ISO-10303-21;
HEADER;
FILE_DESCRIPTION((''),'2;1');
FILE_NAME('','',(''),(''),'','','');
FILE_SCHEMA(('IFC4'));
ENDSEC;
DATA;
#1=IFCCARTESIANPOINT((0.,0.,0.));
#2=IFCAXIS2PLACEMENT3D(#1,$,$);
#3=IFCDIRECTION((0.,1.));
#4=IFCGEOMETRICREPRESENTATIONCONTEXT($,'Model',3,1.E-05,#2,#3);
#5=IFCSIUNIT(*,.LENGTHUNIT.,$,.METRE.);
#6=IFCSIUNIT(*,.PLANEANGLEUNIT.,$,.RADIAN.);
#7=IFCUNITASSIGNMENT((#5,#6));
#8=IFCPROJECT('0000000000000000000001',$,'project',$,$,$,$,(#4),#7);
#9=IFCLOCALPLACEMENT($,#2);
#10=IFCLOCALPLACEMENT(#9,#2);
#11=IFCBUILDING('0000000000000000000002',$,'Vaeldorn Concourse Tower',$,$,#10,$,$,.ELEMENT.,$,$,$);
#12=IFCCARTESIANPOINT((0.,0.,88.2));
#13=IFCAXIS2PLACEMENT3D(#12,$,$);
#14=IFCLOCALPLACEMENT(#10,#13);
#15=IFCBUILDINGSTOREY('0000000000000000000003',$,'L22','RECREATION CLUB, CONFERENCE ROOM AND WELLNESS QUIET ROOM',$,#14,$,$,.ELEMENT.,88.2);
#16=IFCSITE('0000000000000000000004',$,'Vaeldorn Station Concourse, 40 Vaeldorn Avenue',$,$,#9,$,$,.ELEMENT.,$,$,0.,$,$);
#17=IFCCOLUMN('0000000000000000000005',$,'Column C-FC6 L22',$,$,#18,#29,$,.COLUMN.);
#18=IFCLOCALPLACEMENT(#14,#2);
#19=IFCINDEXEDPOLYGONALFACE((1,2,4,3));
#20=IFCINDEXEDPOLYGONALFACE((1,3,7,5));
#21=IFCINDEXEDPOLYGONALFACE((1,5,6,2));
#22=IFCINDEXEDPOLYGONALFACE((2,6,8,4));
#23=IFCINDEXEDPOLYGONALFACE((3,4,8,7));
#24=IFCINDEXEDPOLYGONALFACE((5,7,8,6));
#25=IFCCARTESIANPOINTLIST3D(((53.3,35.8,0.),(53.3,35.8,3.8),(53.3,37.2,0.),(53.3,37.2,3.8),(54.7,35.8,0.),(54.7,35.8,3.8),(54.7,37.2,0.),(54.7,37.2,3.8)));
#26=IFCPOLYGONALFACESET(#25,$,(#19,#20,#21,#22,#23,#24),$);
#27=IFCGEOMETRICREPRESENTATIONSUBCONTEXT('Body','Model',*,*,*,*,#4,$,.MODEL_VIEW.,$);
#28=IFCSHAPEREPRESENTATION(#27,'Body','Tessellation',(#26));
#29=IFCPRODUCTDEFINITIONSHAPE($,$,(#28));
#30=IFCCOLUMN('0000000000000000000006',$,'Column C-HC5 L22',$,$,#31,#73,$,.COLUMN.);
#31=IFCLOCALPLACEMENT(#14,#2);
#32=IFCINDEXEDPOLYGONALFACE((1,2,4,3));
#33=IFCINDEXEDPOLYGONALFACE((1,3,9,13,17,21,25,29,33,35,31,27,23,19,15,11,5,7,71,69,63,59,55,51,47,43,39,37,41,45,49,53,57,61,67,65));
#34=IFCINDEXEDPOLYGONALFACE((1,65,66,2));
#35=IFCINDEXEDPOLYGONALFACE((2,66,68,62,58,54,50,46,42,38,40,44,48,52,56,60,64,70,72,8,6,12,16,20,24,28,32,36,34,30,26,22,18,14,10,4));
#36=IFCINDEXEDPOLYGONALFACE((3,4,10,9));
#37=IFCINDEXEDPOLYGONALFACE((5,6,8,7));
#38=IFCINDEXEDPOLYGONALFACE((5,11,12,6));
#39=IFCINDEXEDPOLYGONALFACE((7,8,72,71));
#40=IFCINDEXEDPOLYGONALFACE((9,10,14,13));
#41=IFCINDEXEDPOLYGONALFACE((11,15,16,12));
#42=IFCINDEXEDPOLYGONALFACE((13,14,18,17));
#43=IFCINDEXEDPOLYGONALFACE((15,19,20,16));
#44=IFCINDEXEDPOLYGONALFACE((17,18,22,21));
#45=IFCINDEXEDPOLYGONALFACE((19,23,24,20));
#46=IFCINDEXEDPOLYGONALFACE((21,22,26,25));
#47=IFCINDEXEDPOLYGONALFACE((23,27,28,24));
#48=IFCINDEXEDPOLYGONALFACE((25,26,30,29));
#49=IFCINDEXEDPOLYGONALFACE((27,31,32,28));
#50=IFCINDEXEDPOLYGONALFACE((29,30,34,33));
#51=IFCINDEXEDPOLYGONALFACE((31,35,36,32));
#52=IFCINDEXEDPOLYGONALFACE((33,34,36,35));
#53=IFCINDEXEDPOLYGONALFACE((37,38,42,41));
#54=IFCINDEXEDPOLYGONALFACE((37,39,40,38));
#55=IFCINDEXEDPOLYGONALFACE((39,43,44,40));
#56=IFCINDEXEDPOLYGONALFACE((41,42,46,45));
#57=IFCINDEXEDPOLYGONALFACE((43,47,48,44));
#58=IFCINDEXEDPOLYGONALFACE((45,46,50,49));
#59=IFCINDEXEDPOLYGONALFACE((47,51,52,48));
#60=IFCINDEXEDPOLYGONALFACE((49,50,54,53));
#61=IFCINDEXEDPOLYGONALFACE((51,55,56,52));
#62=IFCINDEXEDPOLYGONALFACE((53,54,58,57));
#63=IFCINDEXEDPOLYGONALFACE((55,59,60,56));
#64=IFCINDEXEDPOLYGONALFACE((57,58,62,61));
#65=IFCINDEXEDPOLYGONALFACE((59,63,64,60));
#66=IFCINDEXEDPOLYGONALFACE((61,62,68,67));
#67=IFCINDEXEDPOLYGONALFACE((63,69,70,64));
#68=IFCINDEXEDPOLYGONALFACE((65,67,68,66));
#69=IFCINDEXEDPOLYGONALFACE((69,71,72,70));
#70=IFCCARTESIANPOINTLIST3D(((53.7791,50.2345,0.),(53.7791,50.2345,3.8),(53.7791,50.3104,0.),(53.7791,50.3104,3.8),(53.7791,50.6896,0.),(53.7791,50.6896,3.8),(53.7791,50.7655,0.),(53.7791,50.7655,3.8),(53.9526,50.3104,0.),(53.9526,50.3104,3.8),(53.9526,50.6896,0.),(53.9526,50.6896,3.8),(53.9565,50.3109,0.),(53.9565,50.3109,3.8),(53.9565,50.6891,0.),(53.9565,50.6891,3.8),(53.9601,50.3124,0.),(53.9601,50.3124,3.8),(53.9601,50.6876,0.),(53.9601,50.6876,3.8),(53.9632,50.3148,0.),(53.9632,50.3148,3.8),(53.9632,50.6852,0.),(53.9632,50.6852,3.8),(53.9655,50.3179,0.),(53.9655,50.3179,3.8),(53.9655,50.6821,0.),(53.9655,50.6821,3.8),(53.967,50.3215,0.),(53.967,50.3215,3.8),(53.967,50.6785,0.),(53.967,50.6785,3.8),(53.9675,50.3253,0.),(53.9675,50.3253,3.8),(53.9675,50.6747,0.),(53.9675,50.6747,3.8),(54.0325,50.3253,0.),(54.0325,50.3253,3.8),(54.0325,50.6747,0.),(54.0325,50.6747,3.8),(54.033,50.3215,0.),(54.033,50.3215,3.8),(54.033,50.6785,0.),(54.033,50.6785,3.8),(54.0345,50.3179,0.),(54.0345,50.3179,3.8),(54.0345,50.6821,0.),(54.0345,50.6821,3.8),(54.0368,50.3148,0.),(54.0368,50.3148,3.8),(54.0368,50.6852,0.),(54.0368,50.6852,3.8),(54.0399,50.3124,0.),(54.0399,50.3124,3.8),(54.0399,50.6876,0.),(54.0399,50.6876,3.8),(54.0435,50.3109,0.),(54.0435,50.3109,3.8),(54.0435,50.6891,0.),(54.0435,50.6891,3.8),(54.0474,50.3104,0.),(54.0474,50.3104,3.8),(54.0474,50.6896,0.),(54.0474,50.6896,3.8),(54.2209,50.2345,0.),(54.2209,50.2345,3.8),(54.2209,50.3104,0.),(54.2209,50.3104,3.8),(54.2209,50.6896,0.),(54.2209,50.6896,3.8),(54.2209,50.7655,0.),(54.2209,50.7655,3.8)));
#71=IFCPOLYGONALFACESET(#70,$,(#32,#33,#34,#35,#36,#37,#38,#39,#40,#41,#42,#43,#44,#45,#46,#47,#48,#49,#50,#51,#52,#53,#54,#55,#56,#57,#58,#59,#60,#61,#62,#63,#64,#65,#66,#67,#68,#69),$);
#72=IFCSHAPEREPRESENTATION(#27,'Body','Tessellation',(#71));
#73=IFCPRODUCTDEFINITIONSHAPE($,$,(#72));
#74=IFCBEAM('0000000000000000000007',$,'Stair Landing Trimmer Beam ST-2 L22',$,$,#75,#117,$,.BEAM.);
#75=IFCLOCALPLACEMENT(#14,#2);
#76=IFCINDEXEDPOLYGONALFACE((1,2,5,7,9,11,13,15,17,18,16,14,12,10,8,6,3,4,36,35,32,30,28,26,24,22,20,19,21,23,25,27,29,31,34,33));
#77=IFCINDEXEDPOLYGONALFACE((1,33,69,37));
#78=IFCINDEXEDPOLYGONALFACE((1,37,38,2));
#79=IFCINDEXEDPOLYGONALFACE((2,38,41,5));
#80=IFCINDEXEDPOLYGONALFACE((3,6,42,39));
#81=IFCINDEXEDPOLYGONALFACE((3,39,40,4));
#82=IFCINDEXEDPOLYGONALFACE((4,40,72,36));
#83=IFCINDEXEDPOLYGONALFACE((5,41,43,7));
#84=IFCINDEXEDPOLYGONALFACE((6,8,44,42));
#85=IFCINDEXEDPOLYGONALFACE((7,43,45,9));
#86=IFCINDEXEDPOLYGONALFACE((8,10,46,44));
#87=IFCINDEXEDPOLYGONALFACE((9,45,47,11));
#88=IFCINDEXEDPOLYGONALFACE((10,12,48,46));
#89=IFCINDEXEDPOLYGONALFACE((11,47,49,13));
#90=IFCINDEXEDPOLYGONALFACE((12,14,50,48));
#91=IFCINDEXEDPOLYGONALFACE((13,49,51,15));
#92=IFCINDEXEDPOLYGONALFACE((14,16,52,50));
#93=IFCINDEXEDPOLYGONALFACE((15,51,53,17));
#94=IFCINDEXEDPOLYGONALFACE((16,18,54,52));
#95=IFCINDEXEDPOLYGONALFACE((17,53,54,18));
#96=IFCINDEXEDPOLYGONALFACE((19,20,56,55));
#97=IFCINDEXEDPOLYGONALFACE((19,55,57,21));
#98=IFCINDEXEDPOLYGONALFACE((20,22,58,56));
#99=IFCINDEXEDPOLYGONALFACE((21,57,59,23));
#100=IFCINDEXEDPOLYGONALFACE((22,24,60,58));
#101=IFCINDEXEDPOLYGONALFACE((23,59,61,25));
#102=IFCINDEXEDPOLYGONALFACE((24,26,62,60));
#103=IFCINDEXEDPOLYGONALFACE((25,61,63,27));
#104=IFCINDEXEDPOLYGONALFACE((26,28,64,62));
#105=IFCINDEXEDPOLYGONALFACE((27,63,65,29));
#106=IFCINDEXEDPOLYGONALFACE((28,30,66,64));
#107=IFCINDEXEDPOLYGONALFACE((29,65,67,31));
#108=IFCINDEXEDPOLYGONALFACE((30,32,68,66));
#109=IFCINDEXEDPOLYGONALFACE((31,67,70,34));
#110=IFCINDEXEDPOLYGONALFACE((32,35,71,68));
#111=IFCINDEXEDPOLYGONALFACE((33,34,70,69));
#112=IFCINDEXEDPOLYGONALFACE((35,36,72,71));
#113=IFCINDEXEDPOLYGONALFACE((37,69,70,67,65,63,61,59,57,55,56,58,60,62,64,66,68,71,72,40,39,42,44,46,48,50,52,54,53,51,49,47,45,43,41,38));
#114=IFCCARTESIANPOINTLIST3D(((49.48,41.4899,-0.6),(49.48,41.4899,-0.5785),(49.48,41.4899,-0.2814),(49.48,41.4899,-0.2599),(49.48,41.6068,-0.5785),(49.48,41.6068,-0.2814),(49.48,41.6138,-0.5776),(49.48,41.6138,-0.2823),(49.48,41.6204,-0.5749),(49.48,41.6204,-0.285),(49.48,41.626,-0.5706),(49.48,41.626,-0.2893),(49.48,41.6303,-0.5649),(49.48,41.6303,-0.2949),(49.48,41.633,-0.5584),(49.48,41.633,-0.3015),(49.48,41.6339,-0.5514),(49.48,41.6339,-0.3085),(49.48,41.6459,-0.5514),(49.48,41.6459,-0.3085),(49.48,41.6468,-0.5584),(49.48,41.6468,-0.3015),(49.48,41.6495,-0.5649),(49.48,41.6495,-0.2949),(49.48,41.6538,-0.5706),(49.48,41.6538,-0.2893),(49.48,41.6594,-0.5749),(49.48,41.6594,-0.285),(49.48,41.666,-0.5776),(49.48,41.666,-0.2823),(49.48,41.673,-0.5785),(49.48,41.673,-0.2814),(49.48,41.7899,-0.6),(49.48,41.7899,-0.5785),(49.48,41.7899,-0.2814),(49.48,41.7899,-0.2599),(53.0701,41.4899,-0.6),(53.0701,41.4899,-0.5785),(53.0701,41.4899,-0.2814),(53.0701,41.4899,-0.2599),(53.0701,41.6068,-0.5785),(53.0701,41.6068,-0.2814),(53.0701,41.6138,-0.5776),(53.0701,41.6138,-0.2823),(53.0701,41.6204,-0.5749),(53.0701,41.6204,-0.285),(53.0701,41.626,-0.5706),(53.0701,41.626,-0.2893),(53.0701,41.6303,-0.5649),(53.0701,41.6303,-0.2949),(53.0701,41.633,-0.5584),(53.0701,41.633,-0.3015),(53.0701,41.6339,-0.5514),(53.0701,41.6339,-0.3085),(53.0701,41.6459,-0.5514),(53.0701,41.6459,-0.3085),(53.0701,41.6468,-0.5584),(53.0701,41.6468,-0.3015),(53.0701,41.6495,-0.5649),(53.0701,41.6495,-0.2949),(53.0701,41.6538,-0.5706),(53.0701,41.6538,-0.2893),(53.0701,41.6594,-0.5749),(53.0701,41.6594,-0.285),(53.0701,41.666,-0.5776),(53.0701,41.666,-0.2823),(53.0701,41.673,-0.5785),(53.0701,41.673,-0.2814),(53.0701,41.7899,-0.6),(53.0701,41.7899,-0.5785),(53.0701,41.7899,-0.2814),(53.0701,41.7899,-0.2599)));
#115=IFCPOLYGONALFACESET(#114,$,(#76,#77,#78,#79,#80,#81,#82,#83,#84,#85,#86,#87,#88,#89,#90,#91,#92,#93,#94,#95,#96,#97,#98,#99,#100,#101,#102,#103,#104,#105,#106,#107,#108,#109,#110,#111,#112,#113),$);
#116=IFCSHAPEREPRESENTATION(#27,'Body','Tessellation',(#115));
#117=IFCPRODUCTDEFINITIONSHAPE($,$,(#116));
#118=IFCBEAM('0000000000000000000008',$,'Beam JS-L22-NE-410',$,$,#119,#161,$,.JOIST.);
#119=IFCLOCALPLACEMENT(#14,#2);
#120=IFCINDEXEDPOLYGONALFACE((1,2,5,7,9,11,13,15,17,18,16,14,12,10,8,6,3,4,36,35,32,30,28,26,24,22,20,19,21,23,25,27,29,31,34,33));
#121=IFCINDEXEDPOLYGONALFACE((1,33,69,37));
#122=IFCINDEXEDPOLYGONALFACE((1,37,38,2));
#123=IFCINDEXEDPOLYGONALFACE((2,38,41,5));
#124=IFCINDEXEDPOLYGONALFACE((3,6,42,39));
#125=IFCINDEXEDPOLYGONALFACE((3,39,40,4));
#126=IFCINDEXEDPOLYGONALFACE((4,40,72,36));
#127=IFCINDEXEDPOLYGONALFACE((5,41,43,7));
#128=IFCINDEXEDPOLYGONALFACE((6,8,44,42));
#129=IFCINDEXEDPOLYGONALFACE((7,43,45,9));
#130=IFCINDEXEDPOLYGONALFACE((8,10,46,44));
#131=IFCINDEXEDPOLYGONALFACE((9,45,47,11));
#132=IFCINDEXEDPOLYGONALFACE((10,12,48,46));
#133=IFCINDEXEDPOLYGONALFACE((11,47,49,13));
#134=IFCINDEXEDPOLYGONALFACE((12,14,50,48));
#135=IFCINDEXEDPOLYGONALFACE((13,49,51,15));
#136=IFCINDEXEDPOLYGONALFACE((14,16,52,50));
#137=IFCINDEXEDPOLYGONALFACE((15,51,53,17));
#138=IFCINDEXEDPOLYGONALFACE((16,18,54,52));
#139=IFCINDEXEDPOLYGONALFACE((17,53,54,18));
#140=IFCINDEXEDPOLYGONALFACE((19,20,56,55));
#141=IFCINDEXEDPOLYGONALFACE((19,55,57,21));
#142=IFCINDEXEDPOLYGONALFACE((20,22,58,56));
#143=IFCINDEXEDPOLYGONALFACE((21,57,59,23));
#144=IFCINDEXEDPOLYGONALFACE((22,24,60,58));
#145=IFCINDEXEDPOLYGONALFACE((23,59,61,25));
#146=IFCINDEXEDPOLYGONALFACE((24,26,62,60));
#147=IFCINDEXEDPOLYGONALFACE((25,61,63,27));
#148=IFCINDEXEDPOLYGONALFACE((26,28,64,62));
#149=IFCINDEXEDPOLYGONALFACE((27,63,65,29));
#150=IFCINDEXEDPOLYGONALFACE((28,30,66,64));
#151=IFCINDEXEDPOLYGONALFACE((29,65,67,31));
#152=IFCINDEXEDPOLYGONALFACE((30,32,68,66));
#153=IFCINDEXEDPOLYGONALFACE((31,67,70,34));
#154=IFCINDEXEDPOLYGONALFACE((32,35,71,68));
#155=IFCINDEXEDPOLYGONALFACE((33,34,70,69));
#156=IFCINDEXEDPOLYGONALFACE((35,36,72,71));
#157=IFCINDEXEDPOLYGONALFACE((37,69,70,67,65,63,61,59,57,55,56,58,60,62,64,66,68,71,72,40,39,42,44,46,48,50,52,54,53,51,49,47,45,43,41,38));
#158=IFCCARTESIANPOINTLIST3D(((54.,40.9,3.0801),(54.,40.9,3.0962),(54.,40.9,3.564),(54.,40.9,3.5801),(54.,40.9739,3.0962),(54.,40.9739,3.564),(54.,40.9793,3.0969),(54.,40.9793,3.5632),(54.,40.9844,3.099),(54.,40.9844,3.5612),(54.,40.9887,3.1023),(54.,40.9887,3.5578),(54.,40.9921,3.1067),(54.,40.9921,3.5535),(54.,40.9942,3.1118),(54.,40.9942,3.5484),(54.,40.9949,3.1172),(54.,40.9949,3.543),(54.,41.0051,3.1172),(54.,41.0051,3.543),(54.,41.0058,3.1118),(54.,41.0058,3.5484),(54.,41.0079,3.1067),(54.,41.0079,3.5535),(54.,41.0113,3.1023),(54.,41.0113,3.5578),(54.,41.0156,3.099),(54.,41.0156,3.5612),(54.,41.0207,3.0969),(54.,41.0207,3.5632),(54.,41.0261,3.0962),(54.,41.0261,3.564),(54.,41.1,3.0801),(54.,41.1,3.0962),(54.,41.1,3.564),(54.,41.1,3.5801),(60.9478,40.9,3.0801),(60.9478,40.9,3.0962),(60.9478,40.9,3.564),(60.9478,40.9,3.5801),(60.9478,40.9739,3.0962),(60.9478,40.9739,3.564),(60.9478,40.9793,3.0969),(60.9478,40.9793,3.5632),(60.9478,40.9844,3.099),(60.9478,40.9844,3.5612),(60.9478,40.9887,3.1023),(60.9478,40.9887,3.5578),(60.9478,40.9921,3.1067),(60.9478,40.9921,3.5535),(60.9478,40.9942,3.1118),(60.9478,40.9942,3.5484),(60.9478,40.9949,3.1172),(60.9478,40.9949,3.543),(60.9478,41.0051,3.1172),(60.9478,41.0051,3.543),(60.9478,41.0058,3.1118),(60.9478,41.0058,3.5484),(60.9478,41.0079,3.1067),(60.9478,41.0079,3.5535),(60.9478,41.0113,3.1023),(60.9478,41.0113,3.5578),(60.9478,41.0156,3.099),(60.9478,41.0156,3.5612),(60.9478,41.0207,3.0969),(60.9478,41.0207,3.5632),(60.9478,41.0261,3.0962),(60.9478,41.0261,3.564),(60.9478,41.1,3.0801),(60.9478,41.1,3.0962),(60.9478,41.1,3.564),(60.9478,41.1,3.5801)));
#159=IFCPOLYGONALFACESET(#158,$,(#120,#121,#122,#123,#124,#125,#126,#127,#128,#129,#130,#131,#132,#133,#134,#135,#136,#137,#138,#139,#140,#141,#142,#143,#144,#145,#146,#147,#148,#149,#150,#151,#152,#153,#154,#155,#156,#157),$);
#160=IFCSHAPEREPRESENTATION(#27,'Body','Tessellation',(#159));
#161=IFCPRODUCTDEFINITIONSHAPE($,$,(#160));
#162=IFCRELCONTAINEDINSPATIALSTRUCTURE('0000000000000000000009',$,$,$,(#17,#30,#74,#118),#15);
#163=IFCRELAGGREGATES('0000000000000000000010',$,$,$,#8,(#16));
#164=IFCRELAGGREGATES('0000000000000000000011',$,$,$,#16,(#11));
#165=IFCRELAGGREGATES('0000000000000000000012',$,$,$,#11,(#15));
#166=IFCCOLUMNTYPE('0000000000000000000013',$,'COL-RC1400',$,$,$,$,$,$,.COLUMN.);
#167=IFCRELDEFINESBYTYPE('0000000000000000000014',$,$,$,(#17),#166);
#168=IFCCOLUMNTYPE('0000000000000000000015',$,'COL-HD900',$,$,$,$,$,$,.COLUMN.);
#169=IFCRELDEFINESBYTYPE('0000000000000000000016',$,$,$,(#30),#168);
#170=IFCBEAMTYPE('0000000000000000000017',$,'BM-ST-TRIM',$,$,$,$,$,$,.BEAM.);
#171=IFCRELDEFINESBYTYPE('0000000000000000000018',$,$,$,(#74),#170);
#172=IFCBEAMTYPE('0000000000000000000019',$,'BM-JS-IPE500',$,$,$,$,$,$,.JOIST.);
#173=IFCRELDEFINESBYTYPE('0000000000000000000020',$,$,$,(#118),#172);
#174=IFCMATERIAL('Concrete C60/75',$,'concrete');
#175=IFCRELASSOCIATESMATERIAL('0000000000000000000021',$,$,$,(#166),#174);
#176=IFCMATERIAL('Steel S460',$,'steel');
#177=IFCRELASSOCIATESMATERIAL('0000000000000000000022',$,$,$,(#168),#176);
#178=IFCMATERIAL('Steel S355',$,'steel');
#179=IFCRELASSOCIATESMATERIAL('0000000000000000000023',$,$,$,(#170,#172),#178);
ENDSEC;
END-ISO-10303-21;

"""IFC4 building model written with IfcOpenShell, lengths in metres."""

from ifc_helpers import new_model, si_unit, direction, frame, origin, origin_2d, place, context, subcontext, project, spatial, rectangle, i_section, extrude, source, transform, mapped, material, material_profile, profile_set, type_object, element, save


model = new_model("IFC4")

# Units and contexts
model_context = context("Model", 3, precision=1e-05, world=origin(), true_north=direction((0.0, 1.0)))
body_context = subcontext(model_context, "Body", "Model", "MODEL_VIEW")
ifc_project = project(units=[si_unit("LENGTHUNIT", "METRE"), si_unit("PLANEANGLEUNIT", "RADIAN")], contexts=[model_context])

# Site, building, storey
site_placement = place(None, origin())
site = spatial("IfcSite", under=ifc_project, at=site_placement, Name="Vaeldorn Station Concourse, 40 Vaeldorn Avenue", CompositionType="ELEMENT", RefElevation=0.0)
building_placement = place(site_placement, origin())
building = spatial("IfcBuilding", under=site, at=building_placement, Name="Vaeldorn Concourse Tower", CompositionType="ELEMENT")
storey_placement = place(building_placement, frame((0.0, 0.0, 88.2)))
storey = spatial("IfcBuildingStorey", under=building, at=storey_placement, Name="L22", Description="RECREATION CLUB, CONFERENCE ROOM AND WELLNESS QUIET ROOM", CompositionType="ELEMENT", Elevation=88.2)

# Columns
ifc_material_1 = material(Name="Concrete C60/75", Category="concrete")
ifc_material_profile_1 = material_profile(ifc_material_1, rectangle(XDim=1.3999, YDim=1.3999, at=origin_2d()), Name="RC 1400x1400")
ifc_profile_set_1 = profile_set([ifc_material_profile_1], Name="Concrete C60/75")
column_type_1 = type_object("IfcColumnType", Name="COL-RC1400", PredefinedType="COLUMN", material=ifc_profile_set_1)
shared_shape_1 = source(origin(), body_context, "Body", "SweptSolid", [
    extrude(rectangle(XDim=1.3999, YDim=1.3999, at=origin_2d()), origin(), (0.0, 0.0, 1.0), 3.8),
])
column_1_placement = place(storey_placement, frame((54.0, 36.5, 0.0), z_axis=(0.0, 0.0, 1.0), x_axis=(1.0, 0.0, 0.0)))
element("IfcColumn", 1, at=column_1_placement, inside=storey, type_object=column_type_1, Name="Column C-FC6 L22", PredefinedType="COLUMN", context=body_context, shape_type="MappedRepresentation", body=[
    mapped(shared_shape_1, transform((0.0, 0.0, 0.0), scale=1.0)),
])
ifc_material_2 = material(Name="Steel S460", Category="steel")
ifc_material_profile_2 = material_profile(ifc_material_2, i_section(OverallWidth=0.4419, OverallDepth=0.531, WebThickness=0.0649, FlangeThickness=0.0759, FilletRadius=0.0149, at=origin_2d()), Name="HD 400x900")
ifc_profile_set_2 = profile_set([ifc_material_profile_2], Name="Steel S460")
column_type_2 = type_object("IfcColumnType", Name="COL-HD900", PredefinedType="COLUMN", material=ifc_profile_set_2)
shared_shape_2 = source(origin(), body_context, "Body", "SweptSolid", [
    extrude(i_section(OverallWidth=0.4419, OverallDepth=0.531, WebThickness=0.0649, FlangeThickness=0.0759, FilletRadius=0.0149, at=origin_2d()), origin(), (0.0, 0.0, 1.0), 3.8),
])
column_2_placement = place(storey_placement, frame((54.0, 50.5, 0.0), z_axis=(0.0, 0.0, 1.0), x_axis=(1.0, 0.0, 0.0)))
element("IfcColumn", 2, at=column_2_placement, inside=storey, type_object=column_type_2, Name="Column C-HC5 L22", PredefinedType="COLUMN", context=body_context, shape_type="MappedRepresentation", body=[
    mapped(shared_shape_2, transform((0.0, 0.0, 0.0), scale=1.0)),
])

# Beams
ifc_material_3 = material(Name="Steel S355", Category="steel")
ifc_material_profile_3 = material_profile(ifc_material_3, i_section(OverallWidth=0.3, OverallDepth=0.3401, WebThickness=0.012, FlangeThickness=0.0215, FilletRadius=0.0271, at=origin_2d()), Name="HEB 340")
ifc_profile_set_3 = profile_set([ifc_material_profile_3], Name="Steel S355")
beam_type_1 = type_object("IfcBeamType", Name="BM-ST-TRIM", PredefinedType="BEAM", material=ifc_profile_set_3)
shared_shape_3 = source(origin(), body_context, "Body", "SweptSolid", [
    extrude(i_section(OverallWidth=0.3, OverallDepth=0.3401, WebThickness=0.012, FlangeThickness=0.0215, FilletRadius=0.0271, at=origin_2d()), origin(), (0.0, 0.0, 1.0), 3.5901),
])
beam_1_placement = place(storey_placement, frame((49.48, 41.6399, -0.4299), z_axis=(1.0, 0.0, 0.0), x_axis=(0.0, 1.0, 0.0)))
element("IfcBeam", 3, at=beam_1_placement, inside=storey, type_object=beam_type_1, Name="Stair Landing Trimmer Beam ST-2 L22", PredefinedType="BEAM", context=body_context, shape_type="MappedRepresentation", body=[
    mapped(shared_shape_3, transform((0.0, 0.0, 0.0), scale=1.0)),
])
ifc_material_profile_4 = material_profile(ifc_material_3, i_section(OverallWidth=0.2, OverallDepth=0.5, WebThickness=0.0103, FlangeThickness=0.0161, FilletRadius=0.021, at=origin_2d()), Name="IPE 500")
ifc_profile_set_4 = profile_set([ifc_material_profile_4], Name="Steel S355")
beam_type_2 = type_object("IfcBeamType", Name="BM-JS-IPE500", PredefinedType="JOIST", material=ifc_profile_set_4)
shared_shape_4 = source(origin(), body_context, "Body", "SweptSolid", [
    extrude(i_section(OverallWidth=0.2, OverallDepth=0.5, WebThickness=0.0103, FlangeThickness=0.0161, FilletRadius=0.021, at=origin_2d()), origin(), (0.0, 0.0, 1.0), 6.9478),
])
beam_2_placement = place(storey_placement, frame((54.0, 41.0, 3.3301), z_axis=(1.0, 0.0, 0.0), x_axis=(0.0, 1.0, 0.0)))
element("IfcBeam", 4, at=beam_2_placement, inside=storey, type_object=beam_type_2, Name="Beam JS-L22-NE-410", PredefinedType="JOIST", context=body_context, shape_type="MappedRepresentation", body=[
    mapped(shared_shape_4, transform((0.0, 0.0, 0.0), scale=1.0)),
])

save(model, "model.ifc")
